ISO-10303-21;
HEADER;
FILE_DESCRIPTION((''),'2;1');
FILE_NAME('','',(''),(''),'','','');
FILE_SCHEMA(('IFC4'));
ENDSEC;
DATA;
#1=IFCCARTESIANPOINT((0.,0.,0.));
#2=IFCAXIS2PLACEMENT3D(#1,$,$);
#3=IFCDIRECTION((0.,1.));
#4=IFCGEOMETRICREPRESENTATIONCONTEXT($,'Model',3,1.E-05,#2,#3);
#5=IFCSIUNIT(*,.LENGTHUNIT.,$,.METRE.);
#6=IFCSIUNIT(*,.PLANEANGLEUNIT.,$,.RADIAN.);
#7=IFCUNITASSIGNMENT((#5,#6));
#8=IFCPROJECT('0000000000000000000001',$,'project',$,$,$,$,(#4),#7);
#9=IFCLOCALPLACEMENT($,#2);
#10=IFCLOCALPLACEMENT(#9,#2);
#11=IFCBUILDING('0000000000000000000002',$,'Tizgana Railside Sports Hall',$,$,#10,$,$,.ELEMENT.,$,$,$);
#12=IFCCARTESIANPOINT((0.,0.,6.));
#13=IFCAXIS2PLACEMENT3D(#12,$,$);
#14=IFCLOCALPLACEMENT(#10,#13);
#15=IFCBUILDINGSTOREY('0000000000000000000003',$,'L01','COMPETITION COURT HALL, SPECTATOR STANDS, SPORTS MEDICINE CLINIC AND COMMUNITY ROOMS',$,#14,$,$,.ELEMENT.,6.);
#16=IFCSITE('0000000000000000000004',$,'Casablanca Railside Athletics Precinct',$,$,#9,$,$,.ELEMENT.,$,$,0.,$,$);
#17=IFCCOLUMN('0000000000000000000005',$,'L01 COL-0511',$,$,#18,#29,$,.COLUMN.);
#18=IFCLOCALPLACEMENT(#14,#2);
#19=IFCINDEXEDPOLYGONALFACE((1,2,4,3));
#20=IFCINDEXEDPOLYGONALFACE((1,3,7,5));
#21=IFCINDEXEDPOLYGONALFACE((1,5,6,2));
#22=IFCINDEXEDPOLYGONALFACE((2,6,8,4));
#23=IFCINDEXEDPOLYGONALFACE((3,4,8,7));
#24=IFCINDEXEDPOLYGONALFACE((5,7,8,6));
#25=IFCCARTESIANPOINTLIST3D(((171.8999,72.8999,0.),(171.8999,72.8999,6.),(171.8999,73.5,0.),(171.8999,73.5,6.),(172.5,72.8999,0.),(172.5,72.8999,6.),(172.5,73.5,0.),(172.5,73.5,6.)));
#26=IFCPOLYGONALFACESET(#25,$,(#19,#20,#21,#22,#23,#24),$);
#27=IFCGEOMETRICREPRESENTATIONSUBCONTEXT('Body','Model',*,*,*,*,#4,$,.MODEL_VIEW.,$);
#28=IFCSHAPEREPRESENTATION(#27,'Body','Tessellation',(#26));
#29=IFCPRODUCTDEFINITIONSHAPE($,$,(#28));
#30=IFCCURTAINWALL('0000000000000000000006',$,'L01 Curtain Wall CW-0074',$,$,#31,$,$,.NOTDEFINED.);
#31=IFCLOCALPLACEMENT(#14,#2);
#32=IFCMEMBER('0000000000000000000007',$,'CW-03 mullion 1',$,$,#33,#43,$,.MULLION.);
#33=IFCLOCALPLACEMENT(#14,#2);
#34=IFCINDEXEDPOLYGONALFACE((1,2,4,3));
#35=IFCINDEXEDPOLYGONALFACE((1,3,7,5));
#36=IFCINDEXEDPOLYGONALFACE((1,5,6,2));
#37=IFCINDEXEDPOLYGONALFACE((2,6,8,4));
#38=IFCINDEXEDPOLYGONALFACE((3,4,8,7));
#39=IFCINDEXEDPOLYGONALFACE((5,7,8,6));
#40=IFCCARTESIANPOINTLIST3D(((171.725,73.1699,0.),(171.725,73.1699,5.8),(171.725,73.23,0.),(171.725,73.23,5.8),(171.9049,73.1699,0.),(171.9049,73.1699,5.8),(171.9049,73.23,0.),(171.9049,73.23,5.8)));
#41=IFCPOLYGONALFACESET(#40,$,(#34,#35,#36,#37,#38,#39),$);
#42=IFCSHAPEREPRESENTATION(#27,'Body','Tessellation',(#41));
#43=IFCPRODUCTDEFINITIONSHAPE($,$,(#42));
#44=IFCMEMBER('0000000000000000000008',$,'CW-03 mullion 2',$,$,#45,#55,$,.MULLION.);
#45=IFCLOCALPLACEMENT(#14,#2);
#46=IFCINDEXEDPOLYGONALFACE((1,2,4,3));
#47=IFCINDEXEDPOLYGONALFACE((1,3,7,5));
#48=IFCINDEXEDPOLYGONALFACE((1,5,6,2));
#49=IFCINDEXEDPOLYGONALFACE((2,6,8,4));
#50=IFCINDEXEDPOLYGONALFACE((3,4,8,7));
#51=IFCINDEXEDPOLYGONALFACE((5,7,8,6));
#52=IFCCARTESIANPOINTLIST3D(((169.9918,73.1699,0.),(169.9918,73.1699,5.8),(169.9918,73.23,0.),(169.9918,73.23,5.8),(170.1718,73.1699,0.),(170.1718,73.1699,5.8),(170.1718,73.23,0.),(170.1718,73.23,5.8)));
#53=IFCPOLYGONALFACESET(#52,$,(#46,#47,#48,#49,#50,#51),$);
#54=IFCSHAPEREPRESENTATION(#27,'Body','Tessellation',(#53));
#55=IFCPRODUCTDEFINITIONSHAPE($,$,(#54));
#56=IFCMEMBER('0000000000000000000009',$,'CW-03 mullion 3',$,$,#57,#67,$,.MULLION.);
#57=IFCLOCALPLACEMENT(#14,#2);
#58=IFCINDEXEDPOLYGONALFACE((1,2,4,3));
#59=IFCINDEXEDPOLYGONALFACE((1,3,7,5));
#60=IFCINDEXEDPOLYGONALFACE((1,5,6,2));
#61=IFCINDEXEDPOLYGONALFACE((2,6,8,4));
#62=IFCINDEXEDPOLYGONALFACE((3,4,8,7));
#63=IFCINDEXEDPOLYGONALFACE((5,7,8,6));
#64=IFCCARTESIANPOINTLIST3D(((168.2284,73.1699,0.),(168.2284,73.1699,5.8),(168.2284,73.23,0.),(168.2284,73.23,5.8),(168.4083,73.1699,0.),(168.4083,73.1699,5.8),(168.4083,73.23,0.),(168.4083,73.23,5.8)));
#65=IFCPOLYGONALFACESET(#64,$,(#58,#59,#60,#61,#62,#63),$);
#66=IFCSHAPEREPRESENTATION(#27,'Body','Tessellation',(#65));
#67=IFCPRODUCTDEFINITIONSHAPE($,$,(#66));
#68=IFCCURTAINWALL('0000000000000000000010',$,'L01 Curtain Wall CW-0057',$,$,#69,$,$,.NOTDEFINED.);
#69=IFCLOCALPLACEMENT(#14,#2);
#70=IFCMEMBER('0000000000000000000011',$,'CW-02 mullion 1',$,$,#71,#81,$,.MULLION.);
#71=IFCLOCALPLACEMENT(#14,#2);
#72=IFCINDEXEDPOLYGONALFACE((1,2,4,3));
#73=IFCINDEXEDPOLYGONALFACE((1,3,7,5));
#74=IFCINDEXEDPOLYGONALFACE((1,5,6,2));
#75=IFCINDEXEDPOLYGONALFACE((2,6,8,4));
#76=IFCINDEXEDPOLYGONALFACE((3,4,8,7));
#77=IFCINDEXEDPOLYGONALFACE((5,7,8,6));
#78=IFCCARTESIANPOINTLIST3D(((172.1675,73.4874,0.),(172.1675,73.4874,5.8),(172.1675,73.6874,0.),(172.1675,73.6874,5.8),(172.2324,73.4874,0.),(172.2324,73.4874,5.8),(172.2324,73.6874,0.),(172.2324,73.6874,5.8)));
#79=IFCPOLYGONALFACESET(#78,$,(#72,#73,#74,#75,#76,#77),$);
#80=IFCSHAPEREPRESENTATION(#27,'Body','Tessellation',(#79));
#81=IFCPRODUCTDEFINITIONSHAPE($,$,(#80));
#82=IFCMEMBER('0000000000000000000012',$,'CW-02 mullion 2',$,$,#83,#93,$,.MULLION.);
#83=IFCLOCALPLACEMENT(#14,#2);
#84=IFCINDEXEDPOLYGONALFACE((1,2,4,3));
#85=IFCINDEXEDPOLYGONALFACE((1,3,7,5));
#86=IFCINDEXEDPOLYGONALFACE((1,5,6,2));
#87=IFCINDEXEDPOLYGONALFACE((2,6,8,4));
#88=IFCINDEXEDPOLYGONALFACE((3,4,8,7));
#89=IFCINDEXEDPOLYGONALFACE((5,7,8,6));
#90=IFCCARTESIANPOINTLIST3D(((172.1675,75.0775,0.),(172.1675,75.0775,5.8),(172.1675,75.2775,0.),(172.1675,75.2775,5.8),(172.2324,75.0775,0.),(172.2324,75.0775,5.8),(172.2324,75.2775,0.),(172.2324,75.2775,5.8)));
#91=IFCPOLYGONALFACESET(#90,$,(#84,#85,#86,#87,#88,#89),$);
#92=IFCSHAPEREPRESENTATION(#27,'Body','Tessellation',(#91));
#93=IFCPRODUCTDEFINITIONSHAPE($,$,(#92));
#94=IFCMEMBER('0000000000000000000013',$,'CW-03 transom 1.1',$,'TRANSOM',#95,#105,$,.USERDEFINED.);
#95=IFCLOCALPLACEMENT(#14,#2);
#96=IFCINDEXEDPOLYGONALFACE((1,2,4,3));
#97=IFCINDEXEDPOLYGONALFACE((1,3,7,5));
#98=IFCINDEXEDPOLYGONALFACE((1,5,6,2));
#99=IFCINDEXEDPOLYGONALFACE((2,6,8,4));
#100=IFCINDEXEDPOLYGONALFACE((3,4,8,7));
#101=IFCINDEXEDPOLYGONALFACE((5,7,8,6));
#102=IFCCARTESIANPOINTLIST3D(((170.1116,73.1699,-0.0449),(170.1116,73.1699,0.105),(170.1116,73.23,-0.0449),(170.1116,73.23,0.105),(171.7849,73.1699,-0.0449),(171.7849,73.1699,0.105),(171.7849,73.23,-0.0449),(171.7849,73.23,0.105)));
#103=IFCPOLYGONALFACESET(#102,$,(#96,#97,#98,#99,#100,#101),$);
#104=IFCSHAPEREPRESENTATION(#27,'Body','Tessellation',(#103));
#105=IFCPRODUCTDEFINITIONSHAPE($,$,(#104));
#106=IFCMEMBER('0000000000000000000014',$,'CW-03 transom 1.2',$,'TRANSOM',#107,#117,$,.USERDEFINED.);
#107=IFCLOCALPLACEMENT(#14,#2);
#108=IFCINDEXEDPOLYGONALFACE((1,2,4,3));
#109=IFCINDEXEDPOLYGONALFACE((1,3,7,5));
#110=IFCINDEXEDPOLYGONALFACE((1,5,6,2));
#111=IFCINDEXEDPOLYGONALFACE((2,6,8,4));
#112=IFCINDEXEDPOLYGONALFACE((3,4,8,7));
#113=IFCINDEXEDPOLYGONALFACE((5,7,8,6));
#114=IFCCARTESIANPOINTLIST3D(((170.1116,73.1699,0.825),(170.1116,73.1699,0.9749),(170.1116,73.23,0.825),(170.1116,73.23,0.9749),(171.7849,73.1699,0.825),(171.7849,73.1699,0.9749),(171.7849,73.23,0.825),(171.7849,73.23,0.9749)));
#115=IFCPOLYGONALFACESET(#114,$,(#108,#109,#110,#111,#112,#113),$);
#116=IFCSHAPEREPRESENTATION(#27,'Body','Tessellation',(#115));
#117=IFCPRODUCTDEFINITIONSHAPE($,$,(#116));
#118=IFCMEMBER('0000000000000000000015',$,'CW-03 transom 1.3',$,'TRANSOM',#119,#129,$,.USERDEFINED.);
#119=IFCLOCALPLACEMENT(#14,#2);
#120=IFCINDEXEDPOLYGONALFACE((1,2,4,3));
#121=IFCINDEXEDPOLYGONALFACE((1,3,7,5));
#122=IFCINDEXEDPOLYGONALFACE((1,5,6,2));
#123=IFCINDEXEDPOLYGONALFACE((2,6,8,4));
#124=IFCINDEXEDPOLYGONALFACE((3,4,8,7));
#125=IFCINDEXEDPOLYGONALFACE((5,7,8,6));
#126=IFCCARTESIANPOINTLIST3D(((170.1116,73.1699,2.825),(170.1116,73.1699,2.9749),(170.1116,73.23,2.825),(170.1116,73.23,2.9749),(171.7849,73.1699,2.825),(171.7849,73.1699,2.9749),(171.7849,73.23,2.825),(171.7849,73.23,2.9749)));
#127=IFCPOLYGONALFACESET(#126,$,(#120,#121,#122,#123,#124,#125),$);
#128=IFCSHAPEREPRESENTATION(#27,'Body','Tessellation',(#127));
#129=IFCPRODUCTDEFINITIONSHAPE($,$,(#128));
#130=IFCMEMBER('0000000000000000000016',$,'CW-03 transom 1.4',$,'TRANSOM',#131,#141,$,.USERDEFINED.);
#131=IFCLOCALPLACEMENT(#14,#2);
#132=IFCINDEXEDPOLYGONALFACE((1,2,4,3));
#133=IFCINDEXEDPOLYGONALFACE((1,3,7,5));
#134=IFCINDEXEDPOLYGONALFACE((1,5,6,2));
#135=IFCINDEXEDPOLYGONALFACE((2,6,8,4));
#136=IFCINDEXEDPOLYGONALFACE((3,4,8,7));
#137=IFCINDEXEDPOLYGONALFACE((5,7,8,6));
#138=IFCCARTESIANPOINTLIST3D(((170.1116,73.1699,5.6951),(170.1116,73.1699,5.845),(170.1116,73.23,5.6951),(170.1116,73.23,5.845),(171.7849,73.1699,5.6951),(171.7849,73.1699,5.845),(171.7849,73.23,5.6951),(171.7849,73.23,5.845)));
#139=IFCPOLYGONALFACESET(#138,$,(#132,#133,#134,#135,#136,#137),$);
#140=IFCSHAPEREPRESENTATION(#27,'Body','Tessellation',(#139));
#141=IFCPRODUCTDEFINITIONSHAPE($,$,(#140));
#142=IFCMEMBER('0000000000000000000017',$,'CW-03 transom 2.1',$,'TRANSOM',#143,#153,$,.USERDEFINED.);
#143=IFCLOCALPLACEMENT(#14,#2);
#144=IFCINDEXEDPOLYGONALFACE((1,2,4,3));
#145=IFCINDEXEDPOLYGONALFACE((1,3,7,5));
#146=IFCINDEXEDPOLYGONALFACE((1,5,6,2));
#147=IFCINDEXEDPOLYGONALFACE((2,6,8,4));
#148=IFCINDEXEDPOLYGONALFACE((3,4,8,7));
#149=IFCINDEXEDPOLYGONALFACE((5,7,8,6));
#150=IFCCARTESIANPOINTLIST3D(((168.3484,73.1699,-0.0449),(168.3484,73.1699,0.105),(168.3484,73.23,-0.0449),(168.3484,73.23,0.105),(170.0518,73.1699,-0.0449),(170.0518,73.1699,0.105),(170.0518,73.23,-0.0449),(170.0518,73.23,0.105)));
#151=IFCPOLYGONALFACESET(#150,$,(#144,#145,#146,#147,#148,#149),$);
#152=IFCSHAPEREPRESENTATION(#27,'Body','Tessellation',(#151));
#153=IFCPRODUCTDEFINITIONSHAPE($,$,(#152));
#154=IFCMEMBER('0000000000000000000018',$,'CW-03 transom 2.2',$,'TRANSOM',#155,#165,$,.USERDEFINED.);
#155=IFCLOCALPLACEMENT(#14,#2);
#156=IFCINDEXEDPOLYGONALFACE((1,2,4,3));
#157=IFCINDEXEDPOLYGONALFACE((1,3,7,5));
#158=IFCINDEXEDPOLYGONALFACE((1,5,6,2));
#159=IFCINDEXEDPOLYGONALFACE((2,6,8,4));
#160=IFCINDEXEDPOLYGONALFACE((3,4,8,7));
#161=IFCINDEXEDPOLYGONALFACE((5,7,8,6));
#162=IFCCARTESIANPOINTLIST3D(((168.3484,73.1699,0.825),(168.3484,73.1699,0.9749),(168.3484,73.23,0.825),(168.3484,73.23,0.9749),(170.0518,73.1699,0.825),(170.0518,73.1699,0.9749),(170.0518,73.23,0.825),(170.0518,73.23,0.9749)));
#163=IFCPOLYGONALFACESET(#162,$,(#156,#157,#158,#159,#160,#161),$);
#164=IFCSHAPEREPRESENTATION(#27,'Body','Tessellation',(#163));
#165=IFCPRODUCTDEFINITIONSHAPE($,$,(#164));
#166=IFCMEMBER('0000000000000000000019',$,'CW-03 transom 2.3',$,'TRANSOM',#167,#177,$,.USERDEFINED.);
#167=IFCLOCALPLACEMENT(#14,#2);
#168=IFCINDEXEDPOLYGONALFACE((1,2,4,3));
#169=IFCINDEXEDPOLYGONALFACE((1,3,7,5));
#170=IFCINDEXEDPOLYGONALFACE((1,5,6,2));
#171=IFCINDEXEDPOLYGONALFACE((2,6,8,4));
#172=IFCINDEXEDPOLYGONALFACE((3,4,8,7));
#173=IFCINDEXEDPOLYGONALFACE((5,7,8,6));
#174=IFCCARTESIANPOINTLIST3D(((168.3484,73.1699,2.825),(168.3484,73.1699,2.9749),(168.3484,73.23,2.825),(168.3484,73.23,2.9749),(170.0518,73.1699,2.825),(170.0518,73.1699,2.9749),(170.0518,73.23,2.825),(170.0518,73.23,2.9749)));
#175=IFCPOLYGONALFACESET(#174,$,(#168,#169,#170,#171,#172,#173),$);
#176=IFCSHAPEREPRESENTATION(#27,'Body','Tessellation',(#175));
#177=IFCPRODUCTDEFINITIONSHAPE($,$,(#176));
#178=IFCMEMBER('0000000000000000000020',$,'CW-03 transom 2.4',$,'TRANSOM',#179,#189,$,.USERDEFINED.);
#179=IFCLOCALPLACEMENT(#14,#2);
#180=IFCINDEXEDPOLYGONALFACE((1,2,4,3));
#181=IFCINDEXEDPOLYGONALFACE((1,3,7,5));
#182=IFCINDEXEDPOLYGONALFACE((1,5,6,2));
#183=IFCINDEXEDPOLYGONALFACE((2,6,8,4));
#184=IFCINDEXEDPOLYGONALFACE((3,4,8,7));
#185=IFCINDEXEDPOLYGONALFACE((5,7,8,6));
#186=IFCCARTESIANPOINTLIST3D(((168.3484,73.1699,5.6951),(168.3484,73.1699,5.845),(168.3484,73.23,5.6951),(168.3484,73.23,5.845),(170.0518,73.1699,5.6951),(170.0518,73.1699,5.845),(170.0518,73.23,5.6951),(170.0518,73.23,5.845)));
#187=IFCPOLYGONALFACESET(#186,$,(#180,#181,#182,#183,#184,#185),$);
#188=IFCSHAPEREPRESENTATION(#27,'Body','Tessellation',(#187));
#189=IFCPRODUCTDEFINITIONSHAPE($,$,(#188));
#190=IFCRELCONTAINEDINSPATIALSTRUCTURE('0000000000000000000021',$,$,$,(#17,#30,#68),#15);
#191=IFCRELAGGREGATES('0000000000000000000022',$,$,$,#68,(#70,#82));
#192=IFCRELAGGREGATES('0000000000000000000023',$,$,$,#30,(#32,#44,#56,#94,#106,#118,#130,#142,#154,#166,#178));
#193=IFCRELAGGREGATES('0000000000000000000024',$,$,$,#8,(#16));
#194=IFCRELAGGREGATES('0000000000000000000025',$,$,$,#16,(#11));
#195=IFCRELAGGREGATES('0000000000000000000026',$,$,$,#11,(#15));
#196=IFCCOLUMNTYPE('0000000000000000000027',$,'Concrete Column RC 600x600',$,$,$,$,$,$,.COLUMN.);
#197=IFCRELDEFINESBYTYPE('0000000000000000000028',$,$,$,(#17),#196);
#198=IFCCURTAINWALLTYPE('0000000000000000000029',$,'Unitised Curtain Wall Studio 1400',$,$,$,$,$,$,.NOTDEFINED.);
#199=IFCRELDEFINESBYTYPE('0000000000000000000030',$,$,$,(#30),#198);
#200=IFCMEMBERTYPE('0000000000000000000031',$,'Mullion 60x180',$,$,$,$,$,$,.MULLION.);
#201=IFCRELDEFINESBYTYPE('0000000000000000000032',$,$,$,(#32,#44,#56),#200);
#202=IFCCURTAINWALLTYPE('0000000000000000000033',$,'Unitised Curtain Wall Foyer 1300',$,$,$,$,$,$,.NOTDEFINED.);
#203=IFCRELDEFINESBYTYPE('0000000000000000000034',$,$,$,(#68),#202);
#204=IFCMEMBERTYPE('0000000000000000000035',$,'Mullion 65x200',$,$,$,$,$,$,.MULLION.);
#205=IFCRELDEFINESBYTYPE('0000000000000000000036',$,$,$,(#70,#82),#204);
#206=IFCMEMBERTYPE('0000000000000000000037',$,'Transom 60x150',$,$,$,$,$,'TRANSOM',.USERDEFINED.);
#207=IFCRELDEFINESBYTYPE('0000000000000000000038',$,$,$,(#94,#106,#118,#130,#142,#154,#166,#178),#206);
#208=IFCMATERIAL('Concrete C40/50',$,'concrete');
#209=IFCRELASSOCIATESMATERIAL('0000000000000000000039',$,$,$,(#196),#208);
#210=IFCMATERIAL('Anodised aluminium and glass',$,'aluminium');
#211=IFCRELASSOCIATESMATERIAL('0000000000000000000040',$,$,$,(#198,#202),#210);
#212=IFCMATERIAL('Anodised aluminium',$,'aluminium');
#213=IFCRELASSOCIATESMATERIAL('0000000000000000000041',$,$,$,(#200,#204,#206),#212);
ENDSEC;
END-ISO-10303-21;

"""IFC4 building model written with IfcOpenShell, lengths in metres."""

from ifc_helpers import new_model, si_unit, direction, frame, origin, origin_2d, place, context, subcontext, project, spatial, rectangle, extrude, material, material_profile, profile_set, type_object, element, aggregate, save


model = new_model("IFC4")

# Units and contexts
model_context = context("Model", 3, precision=1e-05, world=origin(), true_north=direction((0.0, 1.0)))
body_context = subcontext(model_context, "Body", "Model", "MODEL_VIEW")
ifc_project = project(units=[si_unit("LENGTHUNIT", "METRE"), si_unit("PLANEANGLEUNIT", "RADIAN")], contexts=[model_context])

# Site, building, storey
site_placement = place(None, origin())
site = spatial("IfcSite", under=ifc_project, at=site_placement, Name="Casablanca Railside Athletics Precinct", CompositionType="ELEMENT", RefElevation=0.0)
building_placement = place(site_placement, origin())
building = spatial("IfcBuilding", under=site, at=building_placement, Name="Tizgana Railside Sports Hall", CompositionType="ELEMENT")
storey_placement = place(building_placement, frame((0.0, 0.0, 6.0)))
storey = spatial("IfcBuildingStorey", under=building, at=storey_placement, Name="L01", Description="COMPETITION COURT HALL, SPECTATOR STANDS, SPORTS MEDICINE CLINIC AND COMMUNITY ROOMS", CompositionType="ELEMENT", Elevation=6.0)

# Column
ifc_material_1 = material(Name="Concrete C40/50", Category="concrete")
ifc_material_profile_1 = material_profile(ifc_material_1, rectangle(XDim=0.6001, YDim=0.6001, at=origin_2d()), Name="RC 600x600")
ifc_profile_set_1 = profile_set([ifc_material_profile_1], Name="Concrete C40/50")
column_type = type_object("IfcColumnType", Name="Concrete Column RC 600x600", PredefinedType="COLUMN", material=ifc_profile_set_1)
column_placement = place(storey_placement, frame((172.2, 73.2, 0.0), z_axis=(0.0, 0.0, 1.0), x_axis=(1.0, 0.0, 0.0)))
element("IfcColumn", 1, at=column_placement, inside=storey, type_object=column_type, Name="L01 COL-0511", PredefinedType="COLUMN", context=body_context, shape_type="SweptSolid", body=[
    extrude(rectangle(XDim=0.6001, YDim=0.6001, at=origin_2d()), origin(), (0.0, 0.0, 1.0), 6.0),
])

# Curtain walls, members
ifc_material_2 = material(Name="Anodised aluminium and glass", Category="aluminium")
curtain_wall_type_1 = type_object("IfcCurtainWallType", Name="Unitised Curtain Wall Studio 1400", PredefinedType="NOTDEFINED", material=ifc_material_2)
curtain_wall_1_placement = place(storey_placement, origin())
curtain_wall_1 = element("IfcCurtainWall", 2, at=curtain_wall_1_placement, inside=storey, type_object=curtain_wall_type_1, Name="L01 Curtain Wall CW-0074", PredefinedType="NOTDEFINED")
ifc_material_3 = material(Name="Anodised aluminium", Category="aluminium")
ifc_material_profile_2 = material_profile(ifc_material_3, rectangle(XDim=0.0601, YDim=0.1799, at=origin_2d()), Name="Mullion 60x180")
ifc_profile_set_2 = profile_set([ifc_material_profile_2], Name="Anodised aluminium")
member_type_1 = type_object("IfcMemberType", Name="Mullion 60x180", PredefinedType="MULLION", material=ifc_profile_set_2)
member_1_placement = place(storey_placement, frame((171.8149, 73.2, 0.0), z_axis=(0.0, 0.0, 1.0), x_axis=(0.0, -1.0, 0.0)))
member_1 = element("IfcMember", 3, at=member_1_placement, type_object=member_type_1, Name="CW-03 mullion 1", PredefinedType="MULLION", context=body_context, shape_type="SweptSolid", body=[
    extrude(rectangle(XDim=0.0601, YDim=0.1799, at=origin_2d()), origin(), (0.0, 0.0, 1.0), 5.8),
])
member_2_placement = place(storey_placement, frame((170.0818, 73.2, 0.0), z_axis=(0.0, 0.0, 1.0), x_axis=(0.0, -1.0, 0.0)))
member_2 = element("IfcMember", 4, at=member_2_placement, type_object=member_type_1, Name="CW-03 mullion 2", PredefinedType="MULLION", context=body_context, shape_type="SweptSolid", body=[
    extrude(rectangle(XDim=0.0601, YDim=0.1799, at=origin_2d()), origin(), (0.0, 0.0, 1.0), 5.8),
])
member_3_placement = place(storey_placement, frame((168.3184, 73.2, 0.0), z_axis=(0.0, 0.0, 1.0), x_axis=(0.0, -1.0, 0.0)))
member_3 = element("IfcMember", 5, at=member_3_placement, type_object=member_type_1, Name="CW-03 mullion 3", PredefinedType="MULLION", context=body_context, shape_type="SweptSolid", body=[
    extrude(rectangle(XDim=0.0601, YDim=0.1799, at=origin_2d()), origin(), (0.0, 0.0, 1.0), 5.8),
])
curtain_wall_type_2 = type_object("IfcCurtainWallType", Name="Unitised Curtain Wall Foyer 1300", PredefinedType="NOTDEFINED", material=ifc_material_2)
curtain_wall_2_placement = place(storey_placement, origin())
curtain_wall_2 = element("IfcCurtainWall", 6, at=curtain_wall_2_placement, inside=storey, type_object=curtain_wall_type_2, Name="L01 Curtain Wall CW-0057", PredefinedType="NOTDEFINED")
ifc_material_profile_3 = material_profile(ifc_material_3, rectangle(XDim=0.0649, YDim=0.2, at=origin_2d()), Name="Mullion 65x200")
ifc_profile_set_3 = profile_set([ifc_material_profile_3], Name="Anodised aluminium")
member_type_2 = type_object("IfcMemberType", Name="Mullion 65x200", PredefinedType="MULLION", material=ifc_profile_set_3)
member_4_placement = place(storey_placement, frame((172.2, 73.5874, 0.0), z_axis=(0.0, 0.0, 1.0), x_axis=(-1.0, 0.0, 0.0)))
member_4 = element("IfcMember", 7, at=member_4_placement, type_object=member_type_2, Name="CW-02 mullion 1", PredefinedType="MULLION", context=body_context, shape_type="SweptSolid", body=[
    extrude(rectangle(XDim=0.0649, YDim=0.2, at=origin_2d()), origin(), (0.0, 0.0, 1.0), 5.8),
])
member_5_placement = place(storey_placement, frame((172.2, 75.1775, 0.0), z_axis=(0.0, 0.0, 1.0), x_axis=(-1.0, 0.0, 0.0)))
member_5 = element("IfcMember", 8, at=member_5_placement, type_object=member_type_2, Name="CW-02 mullion 2", PredefinedType="MULLION", context=body_context, shape_type="SweptSolid", body=[
    extrude(rectangle(XDim=0.0649, YDim=0.2, at=origin_2d()), origin(), (0.0, 0.0, 1.0), 5.8),
])

# Members
ifc_material_profile_4 = material_profile(ifc_material_3, rectangle(XDim=0.0601, YDim=0.1499, at=origin_2d()), Name="Transom 60x150")
ifc_profile_set_4 = profile_set([ifc_material_profile_4], Name="Anodised aluminium")
member_type_3 = type_object("IfcMemberType", Name="Transom 60x150", ElementType="TRANSOM", PredefinedType="USERDEFINED", material=ifc_profile_set_4)
member_6_placement = place(storey_placement, frame((171.7849, 73.2, 0.03), z_axis=(-1.0, 0.0, 0.0), x_axis=(0.0, -1.0, 0.0)))
member_6 = element("IfcMember", 9, at=member_6_placement, type_object=member_type_3, Name="CW-03 transom 1.1", ObjectType="TRANSOM", PredefinedType="USERDEFINED", context=body_context, shape_type="SweptSolid", body=[
    extrude(rectangle(XDim=0.0601, YDim=0.1499, at=origin_2d()), origin(), (0.0, 0.0, 1.0), 1.6733),
])
member_7_placement = place(storey_placement, frame((171.7849, 73.2, 0.8999), z_axis=(-1.0, 0.0, 0.0), x_axis=(0.0, -1.0, 0.0)))
member_7 = element("IfcMember", 10, at=member_7_placement, type_object=member_type_3, Name="CW-03 transom 1.2", ObjectType="TRANSOM", PredefinedType="USERDEFINED", context=body_context, shape_type="SweptSolid", body=[
    extrude(rectangle(XDim=0.0601, YDim=0.1499, at=origin_2d()), origin(), (0.0, 0.0, 1.0), 1.6733),
])
member_8_placement = place(storey_placement, frame((171.7849, 73.2, 2.8999), z_axis=(-1.0, 0.0, 0.0), x_axis=(0.0, -1.0, 0.0)))
member_8 = element("IfcMember", 11, at=member_8_placement, type_object=member_type_3, Name="CW-03 transom 1.3", ObjectType="TRANSOM", PredefinedType="USERDEFINED", context=body_context, shape_type="SweptSolid", body=[
    extrude(rectangle(XDim=0.0601, YDim=0.1499, at=origin_2d()), origin(), (0.0, 0.0, 1.0), 1.6733),
])
member_9_placement = place(storey_placement, frame((171.7849, 73.2, 5.77), z_axis=(-1.0, 0.0, 0.0), x_axis=(0.0, -1.0, 0.0)))
member_9 = element("IfcMember", 12, at=member_9_placement, type_object=member_type_3, Name="CW-03 transom 1.4", ObjectType="TRANSOM", PredefinedType="USERDEFINED", context=body_context, shape_type="SweptSolid", body=[
    extrude(rectangle(XDim=0.0601, YDim=0.1499, at=origin_2d()), origin(), (0.0, 0.0, 1.0), 1.6733),
])
member_10_placement = place(storey_placement, frame((170.0518, 73.2, 0.03), z_axis=(-1.0, 0.0, 0.0), x_axis=(0.0, -1.0, 0.0)))
member_10 = element("IfcMember", 13, at=member_10_placement, type_object=member_type_3, Name="CW-03 transom 2.1", ObjectType="TRANSOM", PredefinedType="USERDEFINED", context=body_context, shape_type="SweptSolid", body=[
    extrude(rectangle(XDim=0.0601, YDim=0.1499, at=origin_2d()), origin(), (0.0, 0.0, 1.0), 1.7034),
])
member_11_placement = place(storey_placement, frame((170.0518, 73.2, 0.8999), z_axis=(-1.0, 0.0, 0.0), x_axis=(0.0, -1.0, 0.0)))
member_11 = element("IfcMember", 14, at=member_11_placement, type_object=member_type_3, Name="CW-03 transom 2.2", ObjectType="TRANSOM", PredefinedType="USERDEFINED", context=body_context, shape_type="SweptSolid", body=[
    extrude(rectangle(XDim=0.0601, YDim=0.1499, at=origin_2d()), origin(), (0.0, 0.0, 1.0), 1.7034),
])
member_12_placement = place(storey_placement, frame((170.0518, 73.2, 2.8999), z_axis=(-1.0, 0.0, 0.0), x_axis=(0.0, -1.0, 0.0)))
member_12 = element("IfcMember", 15, at=member_12_placement, type_object=member_type_3, Name="CW-03 transom 2.3", ObjectType="TRANSOM", PredefinedType="USERDEFINED", context=body_context, shape_type="SweptSolid", body=[
    extrude(rectangle(XDim=0.0601, YDim=0.1499, at=origin_2d()), origin(), (0.0, 0.0, 1.0), 1.7034),
])
member_13_placement = place(storey_placement, frame((170.0518, 73.2, 5.77), z_axis=(-1.0, 0.0, 0.0), x_axis=(0.0, -1.0, 0.0)))
member_13 = element("IfcMember", 16, at=member_13_placement, type_object=member_type_3, Name="CW-03 transom 2.4", ObjectType="TRANSOM", PredefinedType="USERDEFINED", context=body_context, shape_type="SweptSolid", body=[
    extrude(rectangle(XDim=0.0601, YDim=0.1499, at=origin_2d()), origin(), (0.0, 0.0, 1.0), 1.7034),
])

aggregate(curtain_wall_2, [member_4, member_5])
aggregate(curtain_wall_1, [member_1, member_2, member_3, member_6, member_7, member_8, member_9, member_10, member_11, member_12, member_13])

save(model, "model.ifc")
